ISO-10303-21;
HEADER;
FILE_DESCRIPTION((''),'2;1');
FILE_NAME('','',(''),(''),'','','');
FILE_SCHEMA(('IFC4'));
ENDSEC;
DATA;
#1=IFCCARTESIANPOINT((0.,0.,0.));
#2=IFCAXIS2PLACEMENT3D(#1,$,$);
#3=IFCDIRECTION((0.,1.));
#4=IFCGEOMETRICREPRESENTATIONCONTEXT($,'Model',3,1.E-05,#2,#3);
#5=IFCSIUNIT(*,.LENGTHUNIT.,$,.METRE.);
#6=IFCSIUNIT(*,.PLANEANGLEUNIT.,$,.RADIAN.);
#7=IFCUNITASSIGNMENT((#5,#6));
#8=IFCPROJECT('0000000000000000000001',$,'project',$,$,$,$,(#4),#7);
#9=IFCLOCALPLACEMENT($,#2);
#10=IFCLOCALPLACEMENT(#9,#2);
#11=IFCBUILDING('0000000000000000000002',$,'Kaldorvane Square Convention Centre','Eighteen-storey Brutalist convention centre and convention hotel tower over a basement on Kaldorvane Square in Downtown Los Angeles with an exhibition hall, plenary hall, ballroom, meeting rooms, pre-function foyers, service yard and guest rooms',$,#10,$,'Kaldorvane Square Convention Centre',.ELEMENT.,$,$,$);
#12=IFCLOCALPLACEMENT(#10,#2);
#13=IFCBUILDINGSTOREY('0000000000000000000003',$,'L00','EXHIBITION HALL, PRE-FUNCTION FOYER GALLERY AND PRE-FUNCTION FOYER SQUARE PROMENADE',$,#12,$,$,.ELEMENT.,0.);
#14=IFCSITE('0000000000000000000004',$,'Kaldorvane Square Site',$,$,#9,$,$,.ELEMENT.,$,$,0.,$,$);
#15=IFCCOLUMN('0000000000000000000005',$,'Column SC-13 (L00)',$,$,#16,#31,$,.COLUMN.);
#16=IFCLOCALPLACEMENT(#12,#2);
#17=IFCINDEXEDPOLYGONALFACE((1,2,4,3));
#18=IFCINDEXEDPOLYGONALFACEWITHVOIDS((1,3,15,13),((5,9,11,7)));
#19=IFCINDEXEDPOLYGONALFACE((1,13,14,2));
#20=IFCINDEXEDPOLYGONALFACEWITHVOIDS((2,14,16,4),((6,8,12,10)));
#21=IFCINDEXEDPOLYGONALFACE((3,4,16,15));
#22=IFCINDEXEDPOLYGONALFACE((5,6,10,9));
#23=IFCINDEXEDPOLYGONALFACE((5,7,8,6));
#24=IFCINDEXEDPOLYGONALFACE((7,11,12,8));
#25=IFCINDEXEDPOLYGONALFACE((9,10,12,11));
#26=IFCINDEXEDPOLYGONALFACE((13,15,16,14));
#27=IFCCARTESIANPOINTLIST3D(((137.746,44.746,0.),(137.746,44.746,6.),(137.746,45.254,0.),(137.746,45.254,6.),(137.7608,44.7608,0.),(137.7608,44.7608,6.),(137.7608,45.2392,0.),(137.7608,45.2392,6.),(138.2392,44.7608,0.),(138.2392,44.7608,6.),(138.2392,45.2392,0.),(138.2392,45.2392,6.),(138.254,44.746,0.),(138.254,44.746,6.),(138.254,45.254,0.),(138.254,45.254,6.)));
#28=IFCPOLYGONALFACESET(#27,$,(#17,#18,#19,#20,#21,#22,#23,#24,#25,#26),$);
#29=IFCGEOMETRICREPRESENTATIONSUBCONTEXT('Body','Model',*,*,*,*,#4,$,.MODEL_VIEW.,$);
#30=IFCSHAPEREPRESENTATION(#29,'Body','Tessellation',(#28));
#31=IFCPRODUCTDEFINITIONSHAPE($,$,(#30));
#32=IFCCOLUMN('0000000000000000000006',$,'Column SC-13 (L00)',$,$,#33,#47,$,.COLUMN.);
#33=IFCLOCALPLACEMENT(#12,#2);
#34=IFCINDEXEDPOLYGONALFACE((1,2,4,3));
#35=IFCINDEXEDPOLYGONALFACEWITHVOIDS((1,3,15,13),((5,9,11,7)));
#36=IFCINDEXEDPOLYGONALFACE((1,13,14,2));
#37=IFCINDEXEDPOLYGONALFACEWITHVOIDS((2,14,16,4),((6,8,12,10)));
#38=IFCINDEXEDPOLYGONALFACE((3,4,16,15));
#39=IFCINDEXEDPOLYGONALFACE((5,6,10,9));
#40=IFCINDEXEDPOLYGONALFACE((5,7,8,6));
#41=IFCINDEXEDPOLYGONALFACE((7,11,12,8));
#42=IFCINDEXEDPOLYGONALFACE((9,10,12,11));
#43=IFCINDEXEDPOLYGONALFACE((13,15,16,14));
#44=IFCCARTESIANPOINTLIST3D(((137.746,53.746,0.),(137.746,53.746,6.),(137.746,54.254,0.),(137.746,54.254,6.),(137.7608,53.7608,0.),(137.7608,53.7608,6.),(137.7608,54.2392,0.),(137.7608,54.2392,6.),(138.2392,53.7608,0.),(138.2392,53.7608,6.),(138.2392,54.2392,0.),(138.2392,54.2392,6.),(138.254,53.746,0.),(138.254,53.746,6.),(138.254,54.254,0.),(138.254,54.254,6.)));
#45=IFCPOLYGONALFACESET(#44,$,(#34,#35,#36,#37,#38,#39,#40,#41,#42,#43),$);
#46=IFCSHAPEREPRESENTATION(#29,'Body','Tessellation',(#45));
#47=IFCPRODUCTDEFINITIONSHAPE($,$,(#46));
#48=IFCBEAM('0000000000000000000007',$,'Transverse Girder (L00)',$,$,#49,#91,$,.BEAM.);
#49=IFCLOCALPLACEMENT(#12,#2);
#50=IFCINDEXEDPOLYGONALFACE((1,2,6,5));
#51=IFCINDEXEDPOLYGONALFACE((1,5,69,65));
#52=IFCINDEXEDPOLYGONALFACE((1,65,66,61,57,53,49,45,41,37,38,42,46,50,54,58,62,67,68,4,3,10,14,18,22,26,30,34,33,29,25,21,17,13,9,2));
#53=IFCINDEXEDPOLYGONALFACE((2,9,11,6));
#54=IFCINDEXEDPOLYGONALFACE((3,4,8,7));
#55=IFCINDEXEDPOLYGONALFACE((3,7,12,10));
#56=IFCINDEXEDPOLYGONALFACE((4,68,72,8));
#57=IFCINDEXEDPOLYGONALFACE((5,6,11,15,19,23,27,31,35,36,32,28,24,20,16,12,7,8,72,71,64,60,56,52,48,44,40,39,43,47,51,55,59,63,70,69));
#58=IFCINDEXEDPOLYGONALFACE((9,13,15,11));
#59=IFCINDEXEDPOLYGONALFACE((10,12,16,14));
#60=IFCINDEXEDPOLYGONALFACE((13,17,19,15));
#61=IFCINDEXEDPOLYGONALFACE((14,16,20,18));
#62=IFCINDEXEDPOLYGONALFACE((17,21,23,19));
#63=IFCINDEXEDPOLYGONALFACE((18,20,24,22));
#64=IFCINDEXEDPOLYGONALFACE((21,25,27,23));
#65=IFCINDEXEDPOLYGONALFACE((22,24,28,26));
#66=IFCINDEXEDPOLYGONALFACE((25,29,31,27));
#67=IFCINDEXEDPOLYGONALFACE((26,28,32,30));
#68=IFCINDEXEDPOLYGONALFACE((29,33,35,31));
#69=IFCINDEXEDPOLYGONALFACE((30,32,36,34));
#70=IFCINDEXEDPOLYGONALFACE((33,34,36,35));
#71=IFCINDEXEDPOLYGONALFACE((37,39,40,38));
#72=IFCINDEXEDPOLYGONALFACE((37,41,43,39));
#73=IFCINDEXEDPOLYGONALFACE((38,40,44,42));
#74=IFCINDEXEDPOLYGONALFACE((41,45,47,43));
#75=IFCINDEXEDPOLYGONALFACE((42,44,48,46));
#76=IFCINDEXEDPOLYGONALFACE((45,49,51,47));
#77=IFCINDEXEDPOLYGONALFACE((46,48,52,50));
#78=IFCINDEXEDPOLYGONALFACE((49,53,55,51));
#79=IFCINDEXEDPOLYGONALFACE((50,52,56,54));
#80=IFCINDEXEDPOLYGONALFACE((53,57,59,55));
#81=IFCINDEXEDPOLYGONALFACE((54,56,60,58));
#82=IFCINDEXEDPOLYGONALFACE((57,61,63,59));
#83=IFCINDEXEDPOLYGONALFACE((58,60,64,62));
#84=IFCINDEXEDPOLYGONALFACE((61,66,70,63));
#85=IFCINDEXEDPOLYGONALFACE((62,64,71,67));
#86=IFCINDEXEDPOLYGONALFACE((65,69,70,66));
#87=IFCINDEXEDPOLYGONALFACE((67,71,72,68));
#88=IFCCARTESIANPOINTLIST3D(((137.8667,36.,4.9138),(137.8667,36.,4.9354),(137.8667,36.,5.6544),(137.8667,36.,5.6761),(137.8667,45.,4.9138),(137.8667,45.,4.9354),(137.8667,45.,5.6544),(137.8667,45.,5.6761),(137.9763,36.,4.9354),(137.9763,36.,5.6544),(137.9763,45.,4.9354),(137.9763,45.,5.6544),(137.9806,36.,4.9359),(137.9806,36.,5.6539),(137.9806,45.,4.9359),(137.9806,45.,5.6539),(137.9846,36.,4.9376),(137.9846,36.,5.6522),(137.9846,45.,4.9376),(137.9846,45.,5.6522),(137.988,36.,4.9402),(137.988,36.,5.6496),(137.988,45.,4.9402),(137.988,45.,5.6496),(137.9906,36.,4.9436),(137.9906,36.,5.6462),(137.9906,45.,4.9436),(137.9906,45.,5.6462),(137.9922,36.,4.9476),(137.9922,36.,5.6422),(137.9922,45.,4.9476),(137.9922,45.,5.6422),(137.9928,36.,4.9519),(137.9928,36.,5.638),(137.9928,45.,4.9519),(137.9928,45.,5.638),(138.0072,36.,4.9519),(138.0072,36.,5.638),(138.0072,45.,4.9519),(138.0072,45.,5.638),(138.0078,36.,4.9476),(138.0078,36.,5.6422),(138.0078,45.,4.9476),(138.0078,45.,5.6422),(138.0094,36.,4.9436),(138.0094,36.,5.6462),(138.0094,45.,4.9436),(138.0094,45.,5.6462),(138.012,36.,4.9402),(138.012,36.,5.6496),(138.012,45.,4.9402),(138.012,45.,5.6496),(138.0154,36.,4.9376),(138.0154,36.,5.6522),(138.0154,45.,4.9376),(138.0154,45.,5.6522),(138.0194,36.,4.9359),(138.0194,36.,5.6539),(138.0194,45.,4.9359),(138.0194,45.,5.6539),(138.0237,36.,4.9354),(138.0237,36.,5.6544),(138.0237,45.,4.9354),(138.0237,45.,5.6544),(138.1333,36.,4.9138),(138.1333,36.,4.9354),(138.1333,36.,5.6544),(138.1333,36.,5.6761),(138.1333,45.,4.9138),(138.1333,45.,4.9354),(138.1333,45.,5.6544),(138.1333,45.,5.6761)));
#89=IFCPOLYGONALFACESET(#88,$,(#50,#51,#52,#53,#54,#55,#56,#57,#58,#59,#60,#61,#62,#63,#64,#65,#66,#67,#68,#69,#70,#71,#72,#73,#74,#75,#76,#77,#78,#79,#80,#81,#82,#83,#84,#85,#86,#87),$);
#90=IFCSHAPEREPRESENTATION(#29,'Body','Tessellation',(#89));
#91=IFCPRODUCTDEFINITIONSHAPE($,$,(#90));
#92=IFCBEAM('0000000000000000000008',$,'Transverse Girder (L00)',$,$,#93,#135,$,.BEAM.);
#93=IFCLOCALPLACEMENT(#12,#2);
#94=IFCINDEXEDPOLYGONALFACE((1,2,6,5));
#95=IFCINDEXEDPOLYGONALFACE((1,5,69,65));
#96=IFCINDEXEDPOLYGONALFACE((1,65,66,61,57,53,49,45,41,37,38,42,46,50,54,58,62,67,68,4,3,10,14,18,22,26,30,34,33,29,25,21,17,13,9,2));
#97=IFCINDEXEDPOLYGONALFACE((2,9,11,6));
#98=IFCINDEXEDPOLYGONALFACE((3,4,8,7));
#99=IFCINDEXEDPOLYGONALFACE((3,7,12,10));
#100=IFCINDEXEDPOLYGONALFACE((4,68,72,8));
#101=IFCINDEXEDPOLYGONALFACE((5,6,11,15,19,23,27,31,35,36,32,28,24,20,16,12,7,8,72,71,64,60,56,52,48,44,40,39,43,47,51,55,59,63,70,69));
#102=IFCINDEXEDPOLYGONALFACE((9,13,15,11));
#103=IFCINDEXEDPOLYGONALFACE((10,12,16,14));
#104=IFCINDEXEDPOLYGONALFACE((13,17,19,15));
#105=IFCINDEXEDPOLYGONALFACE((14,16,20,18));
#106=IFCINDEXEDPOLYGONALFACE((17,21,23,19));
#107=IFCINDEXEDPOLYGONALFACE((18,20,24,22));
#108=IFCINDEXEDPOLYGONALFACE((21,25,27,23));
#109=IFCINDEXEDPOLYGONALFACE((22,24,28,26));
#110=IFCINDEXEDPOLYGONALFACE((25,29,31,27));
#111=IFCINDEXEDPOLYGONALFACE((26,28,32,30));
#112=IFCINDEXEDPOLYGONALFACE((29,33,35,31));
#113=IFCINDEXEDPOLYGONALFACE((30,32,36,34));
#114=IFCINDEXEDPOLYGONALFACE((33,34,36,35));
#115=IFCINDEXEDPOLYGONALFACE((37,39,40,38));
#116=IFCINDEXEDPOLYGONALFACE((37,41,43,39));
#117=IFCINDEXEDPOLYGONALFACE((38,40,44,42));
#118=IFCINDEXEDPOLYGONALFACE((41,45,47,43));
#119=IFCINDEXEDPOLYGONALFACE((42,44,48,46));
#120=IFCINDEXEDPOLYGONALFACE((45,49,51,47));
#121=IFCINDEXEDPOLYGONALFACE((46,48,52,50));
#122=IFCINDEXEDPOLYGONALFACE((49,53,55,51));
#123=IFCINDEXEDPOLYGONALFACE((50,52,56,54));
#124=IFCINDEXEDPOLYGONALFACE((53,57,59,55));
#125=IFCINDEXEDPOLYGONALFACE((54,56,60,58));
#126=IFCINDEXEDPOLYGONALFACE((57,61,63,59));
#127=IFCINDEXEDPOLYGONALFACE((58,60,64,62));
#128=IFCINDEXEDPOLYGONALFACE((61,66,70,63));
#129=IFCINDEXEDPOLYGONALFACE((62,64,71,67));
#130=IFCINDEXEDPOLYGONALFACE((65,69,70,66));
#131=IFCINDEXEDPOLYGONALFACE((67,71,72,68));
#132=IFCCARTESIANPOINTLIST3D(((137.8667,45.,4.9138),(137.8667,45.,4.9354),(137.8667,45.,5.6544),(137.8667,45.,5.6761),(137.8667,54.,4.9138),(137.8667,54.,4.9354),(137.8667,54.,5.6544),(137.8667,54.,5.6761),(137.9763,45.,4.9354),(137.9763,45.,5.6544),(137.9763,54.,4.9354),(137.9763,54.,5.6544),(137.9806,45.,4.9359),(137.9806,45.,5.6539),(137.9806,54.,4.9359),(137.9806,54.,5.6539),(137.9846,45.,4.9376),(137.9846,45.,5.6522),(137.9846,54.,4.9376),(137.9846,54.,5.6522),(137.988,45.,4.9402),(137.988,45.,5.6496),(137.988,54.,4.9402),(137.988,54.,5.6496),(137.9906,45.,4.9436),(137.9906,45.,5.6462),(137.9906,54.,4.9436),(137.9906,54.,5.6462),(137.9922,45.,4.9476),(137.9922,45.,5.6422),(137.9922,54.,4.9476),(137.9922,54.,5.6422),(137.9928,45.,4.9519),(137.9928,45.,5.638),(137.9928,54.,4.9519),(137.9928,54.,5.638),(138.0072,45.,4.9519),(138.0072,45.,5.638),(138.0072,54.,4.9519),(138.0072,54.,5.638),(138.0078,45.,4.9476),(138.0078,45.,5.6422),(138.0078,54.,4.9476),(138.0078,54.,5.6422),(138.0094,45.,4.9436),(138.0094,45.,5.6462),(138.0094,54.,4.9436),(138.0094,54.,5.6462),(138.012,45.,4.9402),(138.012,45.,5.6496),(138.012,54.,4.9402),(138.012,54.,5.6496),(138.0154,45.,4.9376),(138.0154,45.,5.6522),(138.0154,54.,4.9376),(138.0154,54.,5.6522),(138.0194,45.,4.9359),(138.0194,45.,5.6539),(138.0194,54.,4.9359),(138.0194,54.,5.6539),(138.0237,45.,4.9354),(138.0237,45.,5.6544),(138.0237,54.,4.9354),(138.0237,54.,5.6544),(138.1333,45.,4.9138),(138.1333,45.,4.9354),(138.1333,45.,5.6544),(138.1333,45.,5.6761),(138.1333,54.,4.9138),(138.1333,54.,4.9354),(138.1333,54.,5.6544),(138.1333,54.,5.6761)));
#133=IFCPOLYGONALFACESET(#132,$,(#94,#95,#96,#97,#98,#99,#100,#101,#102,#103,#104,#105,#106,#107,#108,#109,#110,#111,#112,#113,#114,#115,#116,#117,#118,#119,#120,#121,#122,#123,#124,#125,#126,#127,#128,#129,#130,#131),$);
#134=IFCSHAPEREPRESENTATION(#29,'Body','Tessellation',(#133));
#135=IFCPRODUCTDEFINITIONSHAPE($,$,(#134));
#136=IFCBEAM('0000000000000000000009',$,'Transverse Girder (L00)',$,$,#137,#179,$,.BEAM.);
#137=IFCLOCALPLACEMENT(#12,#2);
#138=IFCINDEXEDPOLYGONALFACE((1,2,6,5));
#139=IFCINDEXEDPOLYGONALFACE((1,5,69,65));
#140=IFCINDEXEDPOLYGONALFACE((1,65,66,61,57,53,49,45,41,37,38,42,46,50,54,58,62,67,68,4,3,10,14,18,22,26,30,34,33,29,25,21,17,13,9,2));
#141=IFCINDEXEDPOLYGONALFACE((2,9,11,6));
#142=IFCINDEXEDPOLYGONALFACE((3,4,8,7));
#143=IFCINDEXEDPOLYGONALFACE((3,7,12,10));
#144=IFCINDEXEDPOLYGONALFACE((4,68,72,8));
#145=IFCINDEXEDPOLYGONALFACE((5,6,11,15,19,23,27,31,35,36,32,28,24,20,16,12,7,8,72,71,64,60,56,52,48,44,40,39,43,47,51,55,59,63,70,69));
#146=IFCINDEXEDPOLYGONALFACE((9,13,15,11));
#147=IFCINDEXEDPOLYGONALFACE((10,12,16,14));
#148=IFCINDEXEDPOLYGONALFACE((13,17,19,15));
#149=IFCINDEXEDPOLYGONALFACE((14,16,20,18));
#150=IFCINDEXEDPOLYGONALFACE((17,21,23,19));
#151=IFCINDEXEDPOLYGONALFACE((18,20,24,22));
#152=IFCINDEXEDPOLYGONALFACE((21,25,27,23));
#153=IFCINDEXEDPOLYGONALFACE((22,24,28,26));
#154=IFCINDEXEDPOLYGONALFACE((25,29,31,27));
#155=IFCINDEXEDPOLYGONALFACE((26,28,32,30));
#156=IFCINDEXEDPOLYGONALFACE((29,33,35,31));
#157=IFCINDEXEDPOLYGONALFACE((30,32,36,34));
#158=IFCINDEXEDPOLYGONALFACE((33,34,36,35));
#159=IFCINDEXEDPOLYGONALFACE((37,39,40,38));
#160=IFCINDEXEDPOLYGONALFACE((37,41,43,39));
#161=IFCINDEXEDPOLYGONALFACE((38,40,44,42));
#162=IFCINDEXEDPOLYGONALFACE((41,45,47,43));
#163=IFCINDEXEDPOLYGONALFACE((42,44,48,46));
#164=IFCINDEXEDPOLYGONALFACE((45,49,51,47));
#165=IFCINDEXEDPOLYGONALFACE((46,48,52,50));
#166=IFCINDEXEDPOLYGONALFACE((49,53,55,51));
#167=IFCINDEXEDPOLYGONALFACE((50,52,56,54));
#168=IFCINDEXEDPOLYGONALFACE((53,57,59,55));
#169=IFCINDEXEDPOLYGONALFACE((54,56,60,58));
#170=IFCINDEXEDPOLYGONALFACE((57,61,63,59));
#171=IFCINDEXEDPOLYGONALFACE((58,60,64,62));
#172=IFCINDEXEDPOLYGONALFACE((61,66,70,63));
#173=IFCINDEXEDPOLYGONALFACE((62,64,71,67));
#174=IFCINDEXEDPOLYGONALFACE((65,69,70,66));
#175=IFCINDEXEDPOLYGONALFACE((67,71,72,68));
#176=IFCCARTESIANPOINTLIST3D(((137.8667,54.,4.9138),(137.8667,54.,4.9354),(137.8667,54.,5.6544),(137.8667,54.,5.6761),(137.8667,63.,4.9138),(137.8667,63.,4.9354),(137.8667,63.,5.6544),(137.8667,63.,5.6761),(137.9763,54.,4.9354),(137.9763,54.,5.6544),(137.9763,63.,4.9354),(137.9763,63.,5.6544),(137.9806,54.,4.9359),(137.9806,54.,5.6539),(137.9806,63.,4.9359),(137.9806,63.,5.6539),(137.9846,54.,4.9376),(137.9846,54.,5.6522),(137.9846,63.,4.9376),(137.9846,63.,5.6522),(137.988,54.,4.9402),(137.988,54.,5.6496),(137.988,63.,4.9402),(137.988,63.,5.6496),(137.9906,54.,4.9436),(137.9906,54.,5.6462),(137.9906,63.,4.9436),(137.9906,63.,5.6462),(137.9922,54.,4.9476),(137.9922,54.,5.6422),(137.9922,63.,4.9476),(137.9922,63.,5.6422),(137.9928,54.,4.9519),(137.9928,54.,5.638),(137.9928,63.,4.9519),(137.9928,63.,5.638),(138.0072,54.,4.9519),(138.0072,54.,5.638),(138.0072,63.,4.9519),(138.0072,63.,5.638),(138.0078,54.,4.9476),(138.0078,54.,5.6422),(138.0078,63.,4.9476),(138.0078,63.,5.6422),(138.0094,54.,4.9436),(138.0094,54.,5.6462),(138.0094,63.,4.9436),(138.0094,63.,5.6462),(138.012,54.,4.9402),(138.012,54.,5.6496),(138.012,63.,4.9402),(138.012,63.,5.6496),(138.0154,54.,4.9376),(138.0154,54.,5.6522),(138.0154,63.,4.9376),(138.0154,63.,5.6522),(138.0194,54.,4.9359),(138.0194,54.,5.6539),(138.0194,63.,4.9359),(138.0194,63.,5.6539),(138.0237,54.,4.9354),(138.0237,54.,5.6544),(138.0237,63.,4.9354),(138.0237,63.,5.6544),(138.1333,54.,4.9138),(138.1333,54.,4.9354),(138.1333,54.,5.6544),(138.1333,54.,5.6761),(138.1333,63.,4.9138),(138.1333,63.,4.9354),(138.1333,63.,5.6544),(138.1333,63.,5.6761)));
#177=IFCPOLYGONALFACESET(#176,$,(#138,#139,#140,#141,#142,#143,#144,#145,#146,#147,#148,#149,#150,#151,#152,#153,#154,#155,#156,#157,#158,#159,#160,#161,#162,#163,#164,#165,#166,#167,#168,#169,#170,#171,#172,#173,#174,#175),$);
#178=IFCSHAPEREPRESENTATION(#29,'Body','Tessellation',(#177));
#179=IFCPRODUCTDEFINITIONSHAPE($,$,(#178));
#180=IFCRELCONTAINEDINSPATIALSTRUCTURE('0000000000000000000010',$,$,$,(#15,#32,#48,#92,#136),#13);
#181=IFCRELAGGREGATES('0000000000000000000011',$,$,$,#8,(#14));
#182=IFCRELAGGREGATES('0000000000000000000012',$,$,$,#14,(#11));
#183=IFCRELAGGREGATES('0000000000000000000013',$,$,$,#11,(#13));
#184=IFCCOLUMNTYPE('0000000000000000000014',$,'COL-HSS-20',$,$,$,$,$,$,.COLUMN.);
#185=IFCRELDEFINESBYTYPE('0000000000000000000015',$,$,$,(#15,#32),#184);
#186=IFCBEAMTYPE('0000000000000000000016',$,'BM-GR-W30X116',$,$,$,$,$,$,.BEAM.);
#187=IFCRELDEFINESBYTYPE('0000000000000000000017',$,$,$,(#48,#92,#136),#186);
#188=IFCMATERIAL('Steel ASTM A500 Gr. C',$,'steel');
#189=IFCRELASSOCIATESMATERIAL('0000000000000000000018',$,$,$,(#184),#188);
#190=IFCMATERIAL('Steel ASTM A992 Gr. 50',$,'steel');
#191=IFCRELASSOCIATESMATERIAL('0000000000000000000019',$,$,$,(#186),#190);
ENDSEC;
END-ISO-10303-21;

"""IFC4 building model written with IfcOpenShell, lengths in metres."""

from ifc_helpers import new_model, si_unit, direction, frame, origin, origin_2d, place, context, subcontext, project, spatial, hollow_rectangle, i_section, extrude, material, material_profile, profile_set, type_object, element, save


model = new_model("IFC4")

# Units and contexts
model_context = context("Model", 3, precision=1e-05, world=origin(), true_north=direction((0.0, 1.0)))
body_context = subcontext(model_context, "Body", "Model", "MODEL_VIEW")
ifc_project = project(units=[si_unit("LENGTHUNIT", "METRE"), si_unit("PLANEANGLEUNIT", "RADIAN")], contexts=[model_context])

# Site, building, storey
site_placement = place(None, origin())
site = spatial("IfcSite", under=ifc_project, at=site_placement, Name="Kaldorvane Square Site", CompositionType="ELEMENT", RefElevation=0.0)
building_placement = place(site_placement, origin())
building = spatial("IfcBuilding", under=site, at=building_placement, Name="Kaldorvane Square Convention Centre", Description="Eighteen-storey Brutalist convention centre and convention hotel tower over a basement on Kaldorvane Square in Downtown Los Angeles with an exhibition hall, plenary hall, ballroom, meeting rooms, pre-function foyers, service yard and guest rooms", LongName="Kaldorvane Square Convention Centre", CompositionType="ELEMENT")
storey_placement = place(building_placement, origin())
storey = spatial("IfcBuildingStorey", under=building, at=storey_placement, Name="L00", Description="EXHIBITION HALL, PRE-FUNCTION FOYER GALLERY AND PRE-FUNCTION FOYER SQUARE PROMENADE", CompositionType="ELEMENT", Elevation=0.0)

# Columns
ifc_material_1 = material(Name="Steel ASTM A500 Gr. C", Category="steel")
ifc_material_profile_1 = material_profile(ifc_material_1, hollow_rectangle(XDim=0.508, YDim=0.508, WallThickness=0.0148, at=origin_2d()), Name="HSS20X20X5/8")
ifc_profile_set_1 = profile_set([ifc_material_profile_1], Name="Steel ASTM A500 Gr. C")
column_type = type_object("IfcColumnType", Name="COL-HSS-20", PredefinedType="COLUMN", material=ifc_profile_set_1)
for number, where, z_axis, x_axis, name in (
    (1, (138.0, 45.0, 0.0), (0.0, 0.0, 1.0), (1.0, 0.0, 0.0), "Column SC-13 (L00)"),
    (2, (138.0, 54.0, 0.0), (0.0, 0.0, 1.0), (1.0, 0.0, 0.0), "Column SC-13 (L00)"),
):
    element("IfcColumn", number, at=place(storey_placement, frame(where, z_axis=z_axis, x_axis=x_axis)), inside=storey, type_object=column_type, Name=name, PredefinedType="COLUMN", context=body_context, shape_type="SweptSolid", body=[
        extrude(hollow_rectangle(XDim=0.508, YDim=0.508, WallThickness=0.0148, at=origin_2d()), origin(), (0.0, 0.0, 1.0), 6.0),
    ])

# Beams
ifc_material_2 = material(Name="Steel ASTM A992 Gr. 50", Category="steel")
ifc_material_profile_2 = material_profile(ifc_material_2, i_section(OverallWidth=0.2666, OverallDepth=0.7623, WebThickness=0.0144, FlangeThickness=0.0216, FilletRadius=0.0165, at=origin_2d()), Name="W30X116")
ifc_profile_set_2 = profile_set([ifc_material_profile_2], Name="Steel ASTM A992 Gr. 50")
beam_type = type_object("IfcBeamType", Name="BM-GR-W30X116", PredefinedType="BEAM", material=ifc_profile_set_2)
for number, where, z_axis, x_axis, name in (
    (3, (138.0, 36.0, 5.2949), (0.0, 1.0, 0.0), (-1.0, 0.0, 0.0), "Transverse Girder (L00)"),
    (4, (138.0, 45.0, 5.2949), (0.0, 1.0, 0.0), (-1.0, 0.0, 0.0), "Transverse Girder (L00)"),
    (5, (138.0, 54.0, 5.2949), (0.0, 1.0, 0.0), (-1.0, 0.0, 0.0), "Transverse Girder (L00)"),
):
    element("IfcBeam", number, at=place(storey_placement, frame(where, z_axis=z_axis, x_axis=x_axis)), inside=storey, type_object=beam_type, Name=name, PredefinedType="BEAM", context=body_context, shape_type="SweptSolid", body=[
        extrude(i_section(OverallWidth=0.2666, OverallDepth=0.7623, WebThickness=0.0144, FlangeThickness=0.0216, FilletRadius=0.0165, at=origin_2d()), origin(), (0.0, 0.0, 1.0), 9.0),
    ])

save(model, "model.ifc")
